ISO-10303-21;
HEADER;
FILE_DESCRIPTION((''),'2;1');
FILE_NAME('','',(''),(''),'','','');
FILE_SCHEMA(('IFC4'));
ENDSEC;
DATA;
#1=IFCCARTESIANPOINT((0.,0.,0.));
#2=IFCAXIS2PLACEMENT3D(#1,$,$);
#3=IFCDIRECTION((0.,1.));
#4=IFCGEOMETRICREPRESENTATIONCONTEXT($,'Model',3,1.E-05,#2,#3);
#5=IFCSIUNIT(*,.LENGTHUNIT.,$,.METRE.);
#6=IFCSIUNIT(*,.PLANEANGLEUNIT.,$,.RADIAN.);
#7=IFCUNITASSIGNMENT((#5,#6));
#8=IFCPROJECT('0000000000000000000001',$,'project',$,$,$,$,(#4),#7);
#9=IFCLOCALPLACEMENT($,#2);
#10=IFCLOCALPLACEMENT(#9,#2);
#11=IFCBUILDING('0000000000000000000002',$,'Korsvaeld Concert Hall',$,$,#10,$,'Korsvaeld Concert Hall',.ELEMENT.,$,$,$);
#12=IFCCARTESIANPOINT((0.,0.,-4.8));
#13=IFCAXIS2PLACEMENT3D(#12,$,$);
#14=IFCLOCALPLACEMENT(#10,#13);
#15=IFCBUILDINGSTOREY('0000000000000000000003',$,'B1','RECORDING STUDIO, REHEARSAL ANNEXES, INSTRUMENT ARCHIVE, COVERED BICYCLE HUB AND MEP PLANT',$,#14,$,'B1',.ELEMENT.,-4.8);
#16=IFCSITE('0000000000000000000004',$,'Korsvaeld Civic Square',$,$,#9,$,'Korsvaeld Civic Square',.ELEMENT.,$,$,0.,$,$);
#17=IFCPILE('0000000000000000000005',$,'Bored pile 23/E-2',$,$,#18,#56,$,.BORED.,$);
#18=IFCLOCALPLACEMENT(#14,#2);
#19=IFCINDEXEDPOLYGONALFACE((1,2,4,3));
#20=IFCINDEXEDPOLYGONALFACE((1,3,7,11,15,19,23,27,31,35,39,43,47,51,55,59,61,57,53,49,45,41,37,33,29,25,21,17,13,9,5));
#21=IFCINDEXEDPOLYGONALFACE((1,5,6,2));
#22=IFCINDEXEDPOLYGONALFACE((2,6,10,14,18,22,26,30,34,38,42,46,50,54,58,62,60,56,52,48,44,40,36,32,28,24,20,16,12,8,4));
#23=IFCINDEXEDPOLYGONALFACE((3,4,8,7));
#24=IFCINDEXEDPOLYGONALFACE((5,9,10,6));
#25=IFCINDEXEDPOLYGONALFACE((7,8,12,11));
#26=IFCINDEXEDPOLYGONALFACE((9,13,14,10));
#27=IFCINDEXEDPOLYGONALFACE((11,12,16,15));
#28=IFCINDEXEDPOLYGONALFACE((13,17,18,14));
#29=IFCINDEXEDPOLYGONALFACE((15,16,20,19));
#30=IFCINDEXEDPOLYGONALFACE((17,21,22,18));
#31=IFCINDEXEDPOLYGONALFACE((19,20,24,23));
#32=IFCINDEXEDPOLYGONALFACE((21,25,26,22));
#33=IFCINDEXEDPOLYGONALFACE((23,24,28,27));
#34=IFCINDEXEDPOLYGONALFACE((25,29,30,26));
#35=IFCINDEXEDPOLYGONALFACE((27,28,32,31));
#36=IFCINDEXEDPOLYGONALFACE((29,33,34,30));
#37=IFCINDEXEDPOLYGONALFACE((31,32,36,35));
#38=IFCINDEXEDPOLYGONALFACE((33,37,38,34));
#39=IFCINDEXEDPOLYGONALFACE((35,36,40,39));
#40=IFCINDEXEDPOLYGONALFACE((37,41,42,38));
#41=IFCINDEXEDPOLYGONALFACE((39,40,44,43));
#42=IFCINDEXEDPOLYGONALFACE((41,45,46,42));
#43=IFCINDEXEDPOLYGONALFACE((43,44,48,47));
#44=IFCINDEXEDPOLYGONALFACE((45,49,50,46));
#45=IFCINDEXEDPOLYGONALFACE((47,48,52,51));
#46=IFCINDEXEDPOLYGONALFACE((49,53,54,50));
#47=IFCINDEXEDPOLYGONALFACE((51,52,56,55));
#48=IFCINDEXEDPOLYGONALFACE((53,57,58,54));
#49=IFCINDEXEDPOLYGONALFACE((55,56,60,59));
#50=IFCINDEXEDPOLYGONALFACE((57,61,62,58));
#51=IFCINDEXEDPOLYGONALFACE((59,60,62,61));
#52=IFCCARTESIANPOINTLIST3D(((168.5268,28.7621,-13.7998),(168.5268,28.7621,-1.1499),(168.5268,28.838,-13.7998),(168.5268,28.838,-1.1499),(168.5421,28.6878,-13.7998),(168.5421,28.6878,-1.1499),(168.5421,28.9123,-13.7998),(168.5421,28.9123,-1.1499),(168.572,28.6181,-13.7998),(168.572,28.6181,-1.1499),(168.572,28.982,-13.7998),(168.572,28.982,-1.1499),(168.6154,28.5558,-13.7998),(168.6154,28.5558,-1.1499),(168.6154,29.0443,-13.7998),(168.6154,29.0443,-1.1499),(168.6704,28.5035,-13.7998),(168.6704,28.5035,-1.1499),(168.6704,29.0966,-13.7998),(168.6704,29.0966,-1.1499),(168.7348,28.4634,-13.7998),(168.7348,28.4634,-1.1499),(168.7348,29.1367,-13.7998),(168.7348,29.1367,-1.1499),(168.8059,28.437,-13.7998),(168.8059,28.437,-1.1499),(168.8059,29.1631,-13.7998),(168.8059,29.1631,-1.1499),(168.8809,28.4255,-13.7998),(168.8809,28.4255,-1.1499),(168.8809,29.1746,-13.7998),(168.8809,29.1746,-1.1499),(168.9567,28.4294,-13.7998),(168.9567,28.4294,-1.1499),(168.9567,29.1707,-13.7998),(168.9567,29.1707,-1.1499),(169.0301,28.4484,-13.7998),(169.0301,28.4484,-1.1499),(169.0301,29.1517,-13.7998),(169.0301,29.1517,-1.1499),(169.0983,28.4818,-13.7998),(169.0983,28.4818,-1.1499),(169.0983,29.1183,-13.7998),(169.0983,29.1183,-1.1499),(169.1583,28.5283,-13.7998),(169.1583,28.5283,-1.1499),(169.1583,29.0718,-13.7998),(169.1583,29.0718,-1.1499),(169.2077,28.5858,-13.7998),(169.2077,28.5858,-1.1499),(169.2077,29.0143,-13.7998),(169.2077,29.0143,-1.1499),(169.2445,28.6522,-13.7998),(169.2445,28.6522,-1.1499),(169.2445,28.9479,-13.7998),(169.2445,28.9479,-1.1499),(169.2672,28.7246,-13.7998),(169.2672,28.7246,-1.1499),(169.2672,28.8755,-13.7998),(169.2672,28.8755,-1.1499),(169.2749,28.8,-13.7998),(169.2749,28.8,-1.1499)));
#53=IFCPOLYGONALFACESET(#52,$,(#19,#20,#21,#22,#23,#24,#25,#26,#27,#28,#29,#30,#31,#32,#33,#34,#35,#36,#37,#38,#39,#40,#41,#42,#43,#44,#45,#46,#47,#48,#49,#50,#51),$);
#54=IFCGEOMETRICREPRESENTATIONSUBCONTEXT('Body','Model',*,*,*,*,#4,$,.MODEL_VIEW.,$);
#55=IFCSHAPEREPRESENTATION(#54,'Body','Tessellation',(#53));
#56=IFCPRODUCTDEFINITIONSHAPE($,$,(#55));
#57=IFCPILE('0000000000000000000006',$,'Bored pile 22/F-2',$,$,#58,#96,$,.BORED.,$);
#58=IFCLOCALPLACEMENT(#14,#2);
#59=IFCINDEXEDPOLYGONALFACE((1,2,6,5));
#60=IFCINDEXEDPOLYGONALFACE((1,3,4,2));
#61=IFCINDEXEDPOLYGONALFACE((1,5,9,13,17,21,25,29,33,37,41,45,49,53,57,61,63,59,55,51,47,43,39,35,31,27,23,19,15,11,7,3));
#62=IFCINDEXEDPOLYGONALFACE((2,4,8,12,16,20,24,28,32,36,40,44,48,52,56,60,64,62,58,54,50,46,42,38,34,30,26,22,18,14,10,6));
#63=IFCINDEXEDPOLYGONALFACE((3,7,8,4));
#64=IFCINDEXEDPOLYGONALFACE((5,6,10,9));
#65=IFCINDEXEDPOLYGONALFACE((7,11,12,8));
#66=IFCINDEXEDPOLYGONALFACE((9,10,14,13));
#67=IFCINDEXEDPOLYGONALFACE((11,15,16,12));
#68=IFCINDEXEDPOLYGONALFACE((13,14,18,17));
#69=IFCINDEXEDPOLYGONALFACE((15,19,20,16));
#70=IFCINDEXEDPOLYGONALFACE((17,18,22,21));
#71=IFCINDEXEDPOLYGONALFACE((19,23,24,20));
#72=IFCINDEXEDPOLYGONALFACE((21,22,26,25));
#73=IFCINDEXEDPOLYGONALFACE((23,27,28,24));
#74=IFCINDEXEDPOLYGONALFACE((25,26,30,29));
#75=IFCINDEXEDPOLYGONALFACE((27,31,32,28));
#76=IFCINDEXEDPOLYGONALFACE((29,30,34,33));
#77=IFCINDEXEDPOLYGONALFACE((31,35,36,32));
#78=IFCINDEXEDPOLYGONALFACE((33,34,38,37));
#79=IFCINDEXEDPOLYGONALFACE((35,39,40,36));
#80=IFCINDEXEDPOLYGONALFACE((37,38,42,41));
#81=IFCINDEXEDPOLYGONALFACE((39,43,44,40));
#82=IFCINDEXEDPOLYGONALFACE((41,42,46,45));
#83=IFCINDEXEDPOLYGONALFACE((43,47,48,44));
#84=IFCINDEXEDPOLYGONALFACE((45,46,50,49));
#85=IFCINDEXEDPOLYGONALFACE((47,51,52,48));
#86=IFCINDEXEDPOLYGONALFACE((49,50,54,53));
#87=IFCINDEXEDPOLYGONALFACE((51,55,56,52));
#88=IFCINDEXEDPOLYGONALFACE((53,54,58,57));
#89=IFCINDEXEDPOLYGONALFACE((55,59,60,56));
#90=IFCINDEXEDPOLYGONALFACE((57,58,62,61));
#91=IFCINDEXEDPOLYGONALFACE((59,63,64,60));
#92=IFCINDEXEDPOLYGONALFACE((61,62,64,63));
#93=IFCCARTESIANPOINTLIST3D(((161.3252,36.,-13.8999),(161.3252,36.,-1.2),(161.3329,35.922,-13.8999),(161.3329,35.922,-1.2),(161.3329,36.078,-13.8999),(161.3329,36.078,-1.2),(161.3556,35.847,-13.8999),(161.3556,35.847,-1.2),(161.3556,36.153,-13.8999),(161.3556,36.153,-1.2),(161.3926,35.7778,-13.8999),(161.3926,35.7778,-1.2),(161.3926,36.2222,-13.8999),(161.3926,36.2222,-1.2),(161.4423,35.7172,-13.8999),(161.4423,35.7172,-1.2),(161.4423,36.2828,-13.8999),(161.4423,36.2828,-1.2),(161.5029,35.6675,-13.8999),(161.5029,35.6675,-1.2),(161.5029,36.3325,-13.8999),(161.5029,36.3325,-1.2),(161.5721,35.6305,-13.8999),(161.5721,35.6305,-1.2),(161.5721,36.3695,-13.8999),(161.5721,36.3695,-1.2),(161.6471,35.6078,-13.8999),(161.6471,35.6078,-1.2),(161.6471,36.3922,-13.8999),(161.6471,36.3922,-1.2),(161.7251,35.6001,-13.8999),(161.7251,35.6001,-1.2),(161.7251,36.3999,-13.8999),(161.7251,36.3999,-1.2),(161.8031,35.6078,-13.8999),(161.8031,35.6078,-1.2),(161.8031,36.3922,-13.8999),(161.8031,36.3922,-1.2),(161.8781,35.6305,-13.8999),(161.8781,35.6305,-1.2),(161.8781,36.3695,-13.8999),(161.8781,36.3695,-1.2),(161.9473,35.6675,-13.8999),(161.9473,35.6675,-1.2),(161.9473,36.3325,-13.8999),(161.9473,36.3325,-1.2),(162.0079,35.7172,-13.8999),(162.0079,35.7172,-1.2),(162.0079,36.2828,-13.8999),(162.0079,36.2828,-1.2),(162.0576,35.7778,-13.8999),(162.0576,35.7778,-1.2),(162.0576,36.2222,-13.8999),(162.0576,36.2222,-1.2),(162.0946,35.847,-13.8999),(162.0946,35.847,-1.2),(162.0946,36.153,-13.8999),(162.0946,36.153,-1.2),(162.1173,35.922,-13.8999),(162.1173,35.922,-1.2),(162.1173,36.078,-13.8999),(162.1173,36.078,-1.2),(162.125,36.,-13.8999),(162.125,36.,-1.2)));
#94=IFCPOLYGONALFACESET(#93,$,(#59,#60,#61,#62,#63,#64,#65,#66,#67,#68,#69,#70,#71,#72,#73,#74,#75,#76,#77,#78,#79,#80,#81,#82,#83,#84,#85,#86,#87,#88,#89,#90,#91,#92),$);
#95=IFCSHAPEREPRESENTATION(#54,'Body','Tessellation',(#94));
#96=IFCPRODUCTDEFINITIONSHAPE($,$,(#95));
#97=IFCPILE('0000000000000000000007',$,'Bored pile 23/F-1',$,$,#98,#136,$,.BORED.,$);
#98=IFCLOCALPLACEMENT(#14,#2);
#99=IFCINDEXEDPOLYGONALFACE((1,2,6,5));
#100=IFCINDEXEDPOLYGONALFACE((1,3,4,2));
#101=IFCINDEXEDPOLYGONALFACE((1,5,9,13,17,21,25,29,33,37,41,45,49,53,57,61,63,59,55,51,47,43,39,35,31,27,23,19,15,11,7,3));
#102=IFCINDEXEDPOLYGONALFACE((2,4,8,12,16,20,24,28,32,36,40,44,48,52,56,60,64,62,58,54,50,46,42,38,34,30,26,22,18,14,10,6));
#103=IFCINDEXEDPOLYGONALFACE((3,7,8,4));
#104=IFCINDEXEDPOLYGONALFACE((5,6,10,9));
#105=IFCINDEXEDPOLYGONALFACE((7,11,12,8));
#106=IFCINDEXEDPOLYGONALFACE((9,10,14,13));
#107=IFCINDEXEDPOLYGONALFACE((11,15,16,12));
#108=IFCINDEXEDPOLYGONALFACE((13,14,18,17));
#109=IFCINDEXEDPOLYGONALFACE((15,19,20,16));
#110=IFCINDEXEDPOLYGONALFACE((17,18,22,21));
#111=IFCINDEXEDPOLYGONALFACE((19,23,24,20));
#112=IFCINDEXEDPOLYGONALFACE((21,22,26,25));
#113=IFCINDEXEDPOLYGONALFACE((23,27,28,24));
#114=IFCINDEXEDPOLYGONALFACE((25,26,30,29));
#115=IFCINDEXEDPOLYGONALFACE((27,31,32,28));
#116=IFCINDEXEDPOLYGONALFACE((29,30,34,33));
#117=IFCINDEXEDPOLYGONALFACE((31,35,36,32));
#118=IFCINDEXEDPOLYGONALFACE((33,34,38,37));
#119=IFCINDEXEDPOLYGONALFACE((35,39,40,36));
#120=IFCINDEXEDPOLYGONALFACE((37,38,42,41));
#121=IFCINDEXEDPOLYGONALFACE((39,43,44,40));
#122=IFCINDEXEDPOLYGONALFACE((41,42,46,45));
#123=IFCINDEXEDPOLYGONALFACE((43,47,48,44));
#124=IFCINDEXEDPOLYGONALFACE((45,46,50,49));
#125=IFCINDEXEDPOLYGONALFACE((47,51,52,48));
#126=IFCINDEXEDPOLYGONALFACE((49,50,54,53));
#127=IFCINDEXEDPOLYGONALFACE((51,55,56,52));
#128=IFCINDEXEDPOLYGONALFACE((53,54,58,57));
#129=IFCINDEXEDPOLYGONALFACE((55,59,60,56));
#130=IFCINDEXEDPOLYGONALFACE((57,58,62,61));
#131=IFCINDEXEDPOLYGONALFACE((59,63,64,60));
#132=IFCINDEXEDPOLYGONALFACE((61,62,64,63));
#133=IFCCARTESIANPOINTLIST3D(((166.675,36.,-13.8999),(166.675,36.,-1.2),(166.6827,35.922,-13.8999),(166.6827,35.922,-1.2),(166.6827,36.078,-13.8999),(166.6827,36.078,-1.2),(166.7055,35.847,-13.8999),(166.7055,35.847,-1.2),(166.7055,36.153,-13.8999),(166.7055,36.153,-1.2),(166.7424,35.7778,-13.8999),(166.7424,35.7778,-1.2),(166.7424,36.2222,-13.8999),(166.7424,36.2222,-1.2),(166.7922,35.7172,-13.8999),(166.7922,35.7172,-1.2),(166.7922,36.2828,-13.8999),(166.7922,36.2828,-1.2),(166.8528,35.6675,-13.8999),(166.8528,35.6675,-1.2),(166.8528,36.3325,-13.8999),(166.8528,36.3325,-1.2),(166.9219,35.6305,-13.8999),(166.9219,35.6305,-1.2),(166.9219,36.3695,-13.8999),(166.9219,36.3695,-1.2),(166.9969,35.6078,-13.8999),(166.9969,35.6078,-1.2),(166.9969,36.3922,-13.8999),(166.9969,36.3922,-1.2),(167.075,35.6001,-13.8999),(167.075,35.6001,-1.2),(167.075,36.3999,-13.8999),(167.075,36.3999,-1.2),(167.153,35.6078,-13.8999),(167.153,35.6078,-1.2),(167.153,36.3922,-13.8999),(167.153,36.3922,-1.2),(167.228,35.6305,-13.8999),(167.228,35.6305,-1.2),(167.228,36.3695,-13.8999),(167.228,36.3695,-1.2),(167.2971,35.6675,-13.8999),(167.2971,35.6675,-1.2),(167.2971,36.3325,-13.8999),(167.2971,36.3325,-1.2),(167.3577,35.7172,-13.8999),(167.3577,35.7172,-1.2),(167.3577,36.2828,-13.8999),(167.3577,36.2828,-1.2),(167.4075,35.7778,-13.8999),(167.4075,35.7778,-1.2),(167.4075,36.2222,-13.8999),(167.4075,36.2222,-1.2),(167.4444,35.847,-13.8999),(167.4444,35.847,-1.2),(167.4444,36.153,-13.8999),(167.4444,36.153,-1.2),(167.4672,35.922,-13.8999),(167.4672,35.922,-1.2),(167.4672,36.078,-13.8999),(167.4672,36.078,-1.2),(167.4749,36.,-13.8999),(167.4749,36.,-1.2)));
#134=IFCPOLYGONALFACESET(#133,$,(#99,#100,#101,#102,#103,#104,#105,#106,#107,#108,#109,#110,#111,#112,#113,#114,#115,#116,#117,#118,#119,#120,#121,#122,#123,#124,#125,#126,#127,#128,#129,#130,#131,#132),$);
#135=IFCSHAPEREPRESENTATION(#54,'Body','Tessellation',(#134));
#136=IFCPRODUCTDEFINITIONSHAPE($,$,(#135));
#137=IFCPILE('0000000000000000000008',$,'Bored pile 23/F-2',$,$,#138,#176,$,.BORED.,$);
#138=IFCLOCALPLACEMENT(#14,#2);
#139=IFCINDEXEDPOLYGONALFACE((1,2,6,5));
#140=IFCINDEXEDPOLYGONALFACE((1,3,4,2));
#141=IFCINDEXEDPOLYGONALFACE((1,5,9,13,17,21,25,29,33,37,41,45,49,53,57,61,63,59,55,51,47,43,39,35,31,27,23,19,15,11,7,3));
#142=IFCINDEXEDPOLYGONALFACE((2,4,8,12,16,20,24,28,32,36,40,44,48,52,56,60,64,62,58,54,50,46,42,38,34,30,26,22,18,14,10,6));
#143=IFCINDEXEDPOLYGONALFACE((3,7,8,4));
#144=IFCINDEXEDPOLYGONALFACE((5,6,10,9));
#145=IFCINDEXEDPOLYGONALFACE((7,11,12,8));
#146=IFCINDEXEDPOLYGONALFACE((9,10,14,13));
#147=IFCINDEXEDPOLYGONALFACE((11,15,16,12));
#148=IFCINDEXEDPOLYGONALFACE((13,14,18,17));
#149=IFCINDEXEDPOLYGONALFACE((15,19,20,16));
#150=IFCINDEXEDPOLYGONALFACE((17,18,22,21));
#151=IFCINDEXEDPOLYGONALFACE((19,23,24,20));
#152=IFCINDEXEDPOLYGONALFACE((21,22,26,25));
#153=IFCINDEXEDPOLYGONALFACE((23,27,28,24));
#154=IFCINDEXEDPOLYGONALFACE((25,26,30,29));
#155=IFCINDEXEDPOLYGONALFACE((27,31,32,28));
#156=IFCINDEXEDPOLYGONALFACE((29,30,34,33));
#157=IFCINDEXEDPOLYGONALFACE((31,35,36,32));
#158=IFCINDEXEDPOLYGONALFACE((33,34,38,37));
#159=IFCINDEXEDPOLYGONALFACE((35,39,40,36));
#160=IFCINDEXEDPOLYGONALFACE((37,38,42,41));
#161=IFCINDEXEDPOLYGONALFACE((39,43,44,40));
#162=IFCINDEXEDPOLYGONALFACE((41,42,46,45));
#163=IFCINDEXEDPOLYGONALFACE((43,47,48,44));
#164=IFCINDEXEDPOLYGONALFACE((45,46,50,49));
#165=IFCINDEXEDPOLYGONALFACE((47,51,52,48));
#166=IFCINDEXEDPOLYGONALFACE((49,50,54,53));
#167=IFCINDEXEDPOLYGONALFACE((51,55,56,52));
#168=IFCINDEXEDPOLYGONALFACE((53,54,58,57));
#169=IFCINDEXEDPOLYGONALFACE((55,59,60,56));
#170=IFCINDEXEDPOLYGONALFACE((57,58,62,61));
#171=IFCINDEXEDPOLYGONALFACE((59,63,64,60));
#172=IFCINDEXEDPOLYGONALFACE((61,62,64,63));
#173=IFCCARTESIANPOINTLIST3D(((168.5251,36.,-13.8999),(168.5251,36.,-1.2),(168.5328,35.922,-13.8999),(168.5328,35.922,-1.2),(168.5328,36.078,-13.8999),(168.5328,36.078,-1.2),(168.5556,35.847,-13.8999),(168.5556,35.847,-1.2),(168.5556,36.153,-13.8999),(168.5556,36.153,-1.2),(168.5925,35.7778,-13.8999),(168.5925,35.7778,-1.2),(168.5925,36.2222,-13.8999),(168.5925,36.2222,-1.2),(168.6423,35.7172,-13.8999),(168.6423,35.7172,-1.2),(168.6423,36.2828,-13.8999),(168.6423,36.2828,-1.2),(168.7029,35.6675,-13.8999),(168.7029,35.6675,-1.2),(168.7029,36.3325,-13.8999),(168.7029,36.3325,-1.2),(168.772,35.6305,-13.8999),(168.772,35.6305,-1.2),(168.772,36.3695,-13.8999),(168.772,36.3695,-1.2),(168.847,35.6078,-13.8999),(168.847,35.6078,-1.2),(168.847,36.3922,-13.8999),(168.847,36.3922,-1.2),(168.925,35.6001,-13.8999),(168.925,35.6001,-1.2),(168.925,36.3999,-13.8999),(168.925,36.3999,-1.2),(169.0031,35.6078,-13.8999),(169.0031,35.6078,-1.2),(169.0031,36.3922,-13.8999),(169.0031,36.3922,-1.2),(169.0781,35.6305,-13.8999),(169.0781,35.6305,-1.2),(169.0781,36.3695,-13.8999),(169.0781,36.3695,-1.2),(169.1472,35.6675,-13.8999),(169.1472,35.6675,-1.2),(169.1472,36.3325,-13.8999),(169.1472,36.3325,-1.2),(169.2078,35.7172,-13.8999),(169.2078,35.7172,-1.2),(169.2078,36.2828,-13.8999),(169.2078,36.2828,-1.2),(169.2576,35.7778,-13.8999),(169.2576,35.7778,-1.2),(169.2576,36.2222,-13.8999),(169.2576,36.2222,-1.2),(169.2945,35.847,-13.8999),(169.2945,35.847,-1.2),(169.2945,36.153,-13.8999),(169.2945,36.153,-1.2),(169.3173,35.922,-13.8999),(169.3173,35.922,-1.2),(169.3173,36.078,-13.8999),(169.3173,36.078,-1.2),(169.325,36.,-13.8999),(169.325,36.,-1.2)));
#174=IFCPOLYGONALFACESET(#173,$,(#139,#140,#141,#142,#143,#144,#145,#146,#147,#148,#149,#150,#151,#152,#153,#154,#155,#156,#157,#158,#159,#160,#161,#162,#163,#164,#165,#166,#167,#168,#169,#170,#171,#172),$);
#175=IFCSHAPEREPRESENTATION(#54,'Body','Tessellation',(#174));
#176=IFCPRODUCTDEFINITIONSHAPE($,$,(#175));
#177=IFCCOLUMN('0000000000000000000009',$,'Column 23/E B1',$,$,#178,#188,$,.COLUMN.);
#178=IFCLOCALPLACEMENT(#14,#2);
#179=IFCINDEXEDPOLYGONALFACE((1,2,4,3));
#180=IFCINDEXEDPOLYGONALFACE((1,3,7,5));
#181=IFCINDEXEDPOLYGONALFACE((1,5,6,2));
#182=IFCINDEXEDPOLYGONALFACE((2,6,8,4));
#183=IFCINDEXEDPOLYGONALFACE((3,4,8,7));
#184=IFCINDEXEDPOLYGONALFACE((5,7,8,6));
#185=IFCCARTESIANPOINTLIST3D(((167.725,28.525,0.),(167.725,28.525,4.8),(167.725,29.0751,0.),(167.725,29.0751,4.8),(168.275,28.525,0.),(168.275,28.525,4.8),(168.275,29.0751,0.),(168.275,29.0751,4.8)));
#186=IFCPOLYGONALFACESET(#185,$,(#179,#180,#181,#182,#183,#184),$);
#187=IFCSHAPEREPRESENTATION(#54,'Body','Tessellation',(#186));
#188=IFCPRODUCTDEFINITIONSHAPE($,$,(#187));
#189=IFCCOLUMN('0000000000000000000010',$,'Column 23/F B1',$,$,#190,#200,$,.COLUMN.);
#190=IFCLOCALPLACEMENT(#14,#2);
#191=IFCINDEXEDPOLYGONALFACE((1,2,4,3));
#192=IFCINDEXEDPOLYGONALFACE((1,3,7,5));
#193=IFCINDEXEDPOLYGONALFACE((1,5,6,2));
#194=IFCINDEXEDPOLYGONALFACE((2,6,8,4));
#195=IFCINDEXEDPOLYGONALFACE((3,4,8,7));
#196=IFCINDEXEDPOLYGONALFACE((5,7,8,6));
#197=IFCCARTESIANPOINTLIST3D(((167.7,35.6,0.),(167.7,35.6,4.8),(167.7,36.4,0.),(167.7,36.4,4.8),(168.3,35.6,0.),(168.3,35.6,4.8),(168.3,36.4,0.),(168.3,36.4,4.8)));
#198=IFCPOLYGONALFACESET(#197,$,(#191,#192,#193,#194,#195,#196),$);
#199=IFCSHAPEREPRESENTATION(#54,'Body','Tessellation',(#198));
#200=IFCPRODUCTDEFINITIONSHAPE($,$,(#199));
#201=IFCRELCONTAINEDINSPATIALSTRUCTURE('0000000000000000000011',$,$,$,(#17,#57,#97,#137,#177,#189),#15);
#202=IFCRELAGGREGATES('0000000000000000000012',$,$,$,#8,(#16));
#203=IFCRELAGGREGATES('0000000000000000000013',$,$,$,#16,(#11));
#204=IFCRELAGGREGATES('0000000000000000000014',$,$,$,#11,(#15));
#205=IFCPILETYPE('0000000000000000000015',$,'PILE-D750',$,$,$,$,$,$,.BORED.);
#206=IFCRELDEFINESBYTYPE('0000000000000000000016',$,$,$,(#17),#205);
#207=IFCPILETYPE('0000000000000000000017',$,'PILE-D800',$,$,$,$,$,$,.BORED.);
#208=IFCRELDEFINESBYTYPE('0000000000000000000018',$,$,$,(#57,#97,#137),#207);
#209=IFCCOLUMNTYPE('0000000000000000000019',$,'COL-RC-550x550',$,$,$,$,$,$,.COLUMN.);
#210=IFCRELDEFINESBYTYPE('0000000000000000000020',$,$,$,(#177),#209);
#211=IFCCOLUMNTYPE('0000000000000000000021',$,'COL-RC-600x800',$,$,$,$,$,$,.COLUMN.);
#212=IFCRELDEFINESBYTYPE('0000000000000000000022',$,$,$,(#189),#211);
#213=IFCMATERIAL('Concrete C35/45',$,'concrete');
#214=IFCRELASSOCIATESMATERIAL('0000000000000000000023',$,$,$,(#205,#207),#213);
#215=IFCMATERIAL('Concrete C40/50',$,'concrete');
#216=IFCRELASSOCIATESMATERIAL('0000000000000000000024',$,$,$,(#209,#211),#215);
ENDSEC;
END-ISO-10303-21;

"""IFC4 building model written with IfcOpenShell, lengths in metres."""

from ifc_helpers import new_model, si_unit, direction, frame, origin, origin_2d, place, context, subcontext, project, spatial, rectangle, circle, extrude, material, material_profile, profile_set, type_object, element, save


model = new_model("IFC4")

# Units and contexts
model_context = context("Model", 3, precision=1e-05, world=origin(), true_north=direction((0.0, 1.0)))
body_context = subcontext(model_context, "Body", "Model", "MODEL_VIEW")
ifc_project = project(units=[si_unit("LENGTHUNIT", "METRE"), si_unit("PLANEANGLEUNIT", "RADIAN")], contexts=[model_context])

# Site, building, storey
site_placement = place(None, origin())
site = spatial("IfcSite", under=ifc_project, at=site_placement, Name="Korsvaeld Civic Square", LongName="Korsvaeld Civic Square", CompositionType="ELEMENT", RefElevation=0.0)
building_placement = place(site_placement, origin())
building = spatial("IfcBuilding", under=site, at=building_placement, Name="Korsvaeld Concert Hall", LongName="Korsvaeld Concert Hall", CompositionType="ELEMENT")
storey_placement = place(building_placement, frame((0.0, 0.0, -4.8)))
storey = spatial("IfcBuildingStorey", under=building, at=storey_placement, Name="B1", Description="RECORDING STUDIO, REHEARSAL ANNEXES, INSTRUMENT ARCHIVE, COVERED BICYCLE HUB AND MEP PLANT", LongName="B1", CompositionType="ELEMENT", Elevation=-4.8)

# Shared definitions
ifc_material_1 = material(Name="Concrete C35/45", Category="concrete")

# Piles
ifc_material_profile_1 = material_profile(ifc_material_1, circle(Radius=0.375, at=origin_2d()), Name="BORED PILE D750")
ifc_profile_set_1 = profile_set([ifc_material_profile_1], Name="Concrete C35/45")
pile_type_1 = type_object("IfcPileType", Name="PILE-D750", PredefinedType="BORED", material=ifc_profile_set_1)
for number, where, z_axis, x_axis, name in (
    (1, (168.8999, 28.8, -1.1499), (0.0, 0.0, -1.0), (1.0, 0.0, 0.0), "Bored pile 23/E-2"),
):
    element("IfcPile", number, at=place(storey_placement, frame(where, z_axis=z_axis, x_axis=x_axis)), inside=storey, type_object=pile_type_1, Name=name, PredefinedType="BORED", context=body_context, shape_type="SweptSolid", body=[
        extrude(circle(Radius=0.375, at=origin_2d()), origin(), (0.0, 0.0, 1.0), 12.6499),
    ])
ifc_material_profile_2 = material_profile(ifc_material_1, circle(Radius=0.3999, at=origin_2d()), Name="BORED PILE D800")
ifc_profile_set_2 = profile_set([ifc_material_profile_2], Name="Concrete C35/45")
pile_type_2 = type_object("IfcPileType", Name="PILE-D800", PredefinedType="BORED", material=ifc_profile_set_2)
for number, where, z_axis, x_axis, name in (
    (2, (161.7251, 36.0, -1.2), (0.0, 0.0, -1.0), (1.0, 0.0, 0.0), "Bored pile 22/F-2"),
    (3, (167.075, 36.0, -1.2), (0.0, 0.0, -1.0), (1.0, 0.0, 0.0), "Bored pile 23/F-1"),
    (4, (168.925, 36.0, -1.2), (0.0, 0.0, -1.0), (1.0, 0.0, 0.0), "Bored pile 23/F-2"),
):
    element("IfcPile", number, at=place(storey_placement, frame(where, z_axis=z_axis, x_axis=x_axis)), inside=storey, type_object=pile_type_2, Name=name, PredefinedType="BORED", context=body_context, shape_type="SweptSolid", body=[
        extrude(circle(Radius=0.3999, at=origin_2d()), origin(), (0.0, 0.0, 1.0), 12.7),
    ])

# Columns
ifc_material_2 = material(Name="Concrete C40/50", Category="concrete")
ifc_material_profile_3 = material_profile(ifc_material_2, rectangle(XDim=0.55, YDim=0.55, at=origin_2d()), Name="RC 550x550")
ifc_profile_set_3 = profile_set([ifc_material_profile_3], Name="Concrete C40/50")
column_type_1 = type_object("IfcColumnType", Name="COL-RC-550x550", PredefinedType="COLUMN", material=ifc_profile_set_3)
column_1_placement = place(storey_placement, frame((168.0, 28.8, 0.0), z_axis=(0.0, 0.0, 1.0), x_axis=(1.0, 0.0, 0.0)))
element("IfcColumn", 5, at=column_1_placement, inside=storey, type_object=column_type_1, Name="Column 23/E B1", PredefinedType="COLUMN", context=body_context, shape_type="SweptSolid", body=[
    extrude(rectangle(XDim=0.55, YDim=0.55, at=origin_2d()), origin(), (0.0, 0.0, 1.0), 4.8),
])
ifc_material_profile_4 = material_profile(ifc_material_2, rectangle(XDim=0.6001, YDim=0.8, at=origin_2d()), Name="RC 600x800")
ifc_profile_set_4 = profile_set([ifc_material_profile_4], Name="Concrete C40/50")
column_type_2 = type_object("IfcColumnType", Name="COL-RC-600x800", PredefinedType="COLUMN", material=ifc_profile_set_4)
column_2_placement = place(storey_placement, frame((168.0, 36.0, 0.0), z_axis=(0.0, 0.0, 1.0), x_axis=(1.0, 0.0, 0.0)))
element("IfcColumn", 6, at=column_2_placement, inside=storey, type_object=column_type_2, Name="Column 23/F B1", PredefinedType="COLUMN", context=body_context, shape_type="SweptSolid", body=[
    extrude(rectangle(XDim=0.6001, YDim=0.8, at=origin_2d()), origin(), (0.0, 0.0, 1.0), 4.8),
])

save(model, "model.ifc")
